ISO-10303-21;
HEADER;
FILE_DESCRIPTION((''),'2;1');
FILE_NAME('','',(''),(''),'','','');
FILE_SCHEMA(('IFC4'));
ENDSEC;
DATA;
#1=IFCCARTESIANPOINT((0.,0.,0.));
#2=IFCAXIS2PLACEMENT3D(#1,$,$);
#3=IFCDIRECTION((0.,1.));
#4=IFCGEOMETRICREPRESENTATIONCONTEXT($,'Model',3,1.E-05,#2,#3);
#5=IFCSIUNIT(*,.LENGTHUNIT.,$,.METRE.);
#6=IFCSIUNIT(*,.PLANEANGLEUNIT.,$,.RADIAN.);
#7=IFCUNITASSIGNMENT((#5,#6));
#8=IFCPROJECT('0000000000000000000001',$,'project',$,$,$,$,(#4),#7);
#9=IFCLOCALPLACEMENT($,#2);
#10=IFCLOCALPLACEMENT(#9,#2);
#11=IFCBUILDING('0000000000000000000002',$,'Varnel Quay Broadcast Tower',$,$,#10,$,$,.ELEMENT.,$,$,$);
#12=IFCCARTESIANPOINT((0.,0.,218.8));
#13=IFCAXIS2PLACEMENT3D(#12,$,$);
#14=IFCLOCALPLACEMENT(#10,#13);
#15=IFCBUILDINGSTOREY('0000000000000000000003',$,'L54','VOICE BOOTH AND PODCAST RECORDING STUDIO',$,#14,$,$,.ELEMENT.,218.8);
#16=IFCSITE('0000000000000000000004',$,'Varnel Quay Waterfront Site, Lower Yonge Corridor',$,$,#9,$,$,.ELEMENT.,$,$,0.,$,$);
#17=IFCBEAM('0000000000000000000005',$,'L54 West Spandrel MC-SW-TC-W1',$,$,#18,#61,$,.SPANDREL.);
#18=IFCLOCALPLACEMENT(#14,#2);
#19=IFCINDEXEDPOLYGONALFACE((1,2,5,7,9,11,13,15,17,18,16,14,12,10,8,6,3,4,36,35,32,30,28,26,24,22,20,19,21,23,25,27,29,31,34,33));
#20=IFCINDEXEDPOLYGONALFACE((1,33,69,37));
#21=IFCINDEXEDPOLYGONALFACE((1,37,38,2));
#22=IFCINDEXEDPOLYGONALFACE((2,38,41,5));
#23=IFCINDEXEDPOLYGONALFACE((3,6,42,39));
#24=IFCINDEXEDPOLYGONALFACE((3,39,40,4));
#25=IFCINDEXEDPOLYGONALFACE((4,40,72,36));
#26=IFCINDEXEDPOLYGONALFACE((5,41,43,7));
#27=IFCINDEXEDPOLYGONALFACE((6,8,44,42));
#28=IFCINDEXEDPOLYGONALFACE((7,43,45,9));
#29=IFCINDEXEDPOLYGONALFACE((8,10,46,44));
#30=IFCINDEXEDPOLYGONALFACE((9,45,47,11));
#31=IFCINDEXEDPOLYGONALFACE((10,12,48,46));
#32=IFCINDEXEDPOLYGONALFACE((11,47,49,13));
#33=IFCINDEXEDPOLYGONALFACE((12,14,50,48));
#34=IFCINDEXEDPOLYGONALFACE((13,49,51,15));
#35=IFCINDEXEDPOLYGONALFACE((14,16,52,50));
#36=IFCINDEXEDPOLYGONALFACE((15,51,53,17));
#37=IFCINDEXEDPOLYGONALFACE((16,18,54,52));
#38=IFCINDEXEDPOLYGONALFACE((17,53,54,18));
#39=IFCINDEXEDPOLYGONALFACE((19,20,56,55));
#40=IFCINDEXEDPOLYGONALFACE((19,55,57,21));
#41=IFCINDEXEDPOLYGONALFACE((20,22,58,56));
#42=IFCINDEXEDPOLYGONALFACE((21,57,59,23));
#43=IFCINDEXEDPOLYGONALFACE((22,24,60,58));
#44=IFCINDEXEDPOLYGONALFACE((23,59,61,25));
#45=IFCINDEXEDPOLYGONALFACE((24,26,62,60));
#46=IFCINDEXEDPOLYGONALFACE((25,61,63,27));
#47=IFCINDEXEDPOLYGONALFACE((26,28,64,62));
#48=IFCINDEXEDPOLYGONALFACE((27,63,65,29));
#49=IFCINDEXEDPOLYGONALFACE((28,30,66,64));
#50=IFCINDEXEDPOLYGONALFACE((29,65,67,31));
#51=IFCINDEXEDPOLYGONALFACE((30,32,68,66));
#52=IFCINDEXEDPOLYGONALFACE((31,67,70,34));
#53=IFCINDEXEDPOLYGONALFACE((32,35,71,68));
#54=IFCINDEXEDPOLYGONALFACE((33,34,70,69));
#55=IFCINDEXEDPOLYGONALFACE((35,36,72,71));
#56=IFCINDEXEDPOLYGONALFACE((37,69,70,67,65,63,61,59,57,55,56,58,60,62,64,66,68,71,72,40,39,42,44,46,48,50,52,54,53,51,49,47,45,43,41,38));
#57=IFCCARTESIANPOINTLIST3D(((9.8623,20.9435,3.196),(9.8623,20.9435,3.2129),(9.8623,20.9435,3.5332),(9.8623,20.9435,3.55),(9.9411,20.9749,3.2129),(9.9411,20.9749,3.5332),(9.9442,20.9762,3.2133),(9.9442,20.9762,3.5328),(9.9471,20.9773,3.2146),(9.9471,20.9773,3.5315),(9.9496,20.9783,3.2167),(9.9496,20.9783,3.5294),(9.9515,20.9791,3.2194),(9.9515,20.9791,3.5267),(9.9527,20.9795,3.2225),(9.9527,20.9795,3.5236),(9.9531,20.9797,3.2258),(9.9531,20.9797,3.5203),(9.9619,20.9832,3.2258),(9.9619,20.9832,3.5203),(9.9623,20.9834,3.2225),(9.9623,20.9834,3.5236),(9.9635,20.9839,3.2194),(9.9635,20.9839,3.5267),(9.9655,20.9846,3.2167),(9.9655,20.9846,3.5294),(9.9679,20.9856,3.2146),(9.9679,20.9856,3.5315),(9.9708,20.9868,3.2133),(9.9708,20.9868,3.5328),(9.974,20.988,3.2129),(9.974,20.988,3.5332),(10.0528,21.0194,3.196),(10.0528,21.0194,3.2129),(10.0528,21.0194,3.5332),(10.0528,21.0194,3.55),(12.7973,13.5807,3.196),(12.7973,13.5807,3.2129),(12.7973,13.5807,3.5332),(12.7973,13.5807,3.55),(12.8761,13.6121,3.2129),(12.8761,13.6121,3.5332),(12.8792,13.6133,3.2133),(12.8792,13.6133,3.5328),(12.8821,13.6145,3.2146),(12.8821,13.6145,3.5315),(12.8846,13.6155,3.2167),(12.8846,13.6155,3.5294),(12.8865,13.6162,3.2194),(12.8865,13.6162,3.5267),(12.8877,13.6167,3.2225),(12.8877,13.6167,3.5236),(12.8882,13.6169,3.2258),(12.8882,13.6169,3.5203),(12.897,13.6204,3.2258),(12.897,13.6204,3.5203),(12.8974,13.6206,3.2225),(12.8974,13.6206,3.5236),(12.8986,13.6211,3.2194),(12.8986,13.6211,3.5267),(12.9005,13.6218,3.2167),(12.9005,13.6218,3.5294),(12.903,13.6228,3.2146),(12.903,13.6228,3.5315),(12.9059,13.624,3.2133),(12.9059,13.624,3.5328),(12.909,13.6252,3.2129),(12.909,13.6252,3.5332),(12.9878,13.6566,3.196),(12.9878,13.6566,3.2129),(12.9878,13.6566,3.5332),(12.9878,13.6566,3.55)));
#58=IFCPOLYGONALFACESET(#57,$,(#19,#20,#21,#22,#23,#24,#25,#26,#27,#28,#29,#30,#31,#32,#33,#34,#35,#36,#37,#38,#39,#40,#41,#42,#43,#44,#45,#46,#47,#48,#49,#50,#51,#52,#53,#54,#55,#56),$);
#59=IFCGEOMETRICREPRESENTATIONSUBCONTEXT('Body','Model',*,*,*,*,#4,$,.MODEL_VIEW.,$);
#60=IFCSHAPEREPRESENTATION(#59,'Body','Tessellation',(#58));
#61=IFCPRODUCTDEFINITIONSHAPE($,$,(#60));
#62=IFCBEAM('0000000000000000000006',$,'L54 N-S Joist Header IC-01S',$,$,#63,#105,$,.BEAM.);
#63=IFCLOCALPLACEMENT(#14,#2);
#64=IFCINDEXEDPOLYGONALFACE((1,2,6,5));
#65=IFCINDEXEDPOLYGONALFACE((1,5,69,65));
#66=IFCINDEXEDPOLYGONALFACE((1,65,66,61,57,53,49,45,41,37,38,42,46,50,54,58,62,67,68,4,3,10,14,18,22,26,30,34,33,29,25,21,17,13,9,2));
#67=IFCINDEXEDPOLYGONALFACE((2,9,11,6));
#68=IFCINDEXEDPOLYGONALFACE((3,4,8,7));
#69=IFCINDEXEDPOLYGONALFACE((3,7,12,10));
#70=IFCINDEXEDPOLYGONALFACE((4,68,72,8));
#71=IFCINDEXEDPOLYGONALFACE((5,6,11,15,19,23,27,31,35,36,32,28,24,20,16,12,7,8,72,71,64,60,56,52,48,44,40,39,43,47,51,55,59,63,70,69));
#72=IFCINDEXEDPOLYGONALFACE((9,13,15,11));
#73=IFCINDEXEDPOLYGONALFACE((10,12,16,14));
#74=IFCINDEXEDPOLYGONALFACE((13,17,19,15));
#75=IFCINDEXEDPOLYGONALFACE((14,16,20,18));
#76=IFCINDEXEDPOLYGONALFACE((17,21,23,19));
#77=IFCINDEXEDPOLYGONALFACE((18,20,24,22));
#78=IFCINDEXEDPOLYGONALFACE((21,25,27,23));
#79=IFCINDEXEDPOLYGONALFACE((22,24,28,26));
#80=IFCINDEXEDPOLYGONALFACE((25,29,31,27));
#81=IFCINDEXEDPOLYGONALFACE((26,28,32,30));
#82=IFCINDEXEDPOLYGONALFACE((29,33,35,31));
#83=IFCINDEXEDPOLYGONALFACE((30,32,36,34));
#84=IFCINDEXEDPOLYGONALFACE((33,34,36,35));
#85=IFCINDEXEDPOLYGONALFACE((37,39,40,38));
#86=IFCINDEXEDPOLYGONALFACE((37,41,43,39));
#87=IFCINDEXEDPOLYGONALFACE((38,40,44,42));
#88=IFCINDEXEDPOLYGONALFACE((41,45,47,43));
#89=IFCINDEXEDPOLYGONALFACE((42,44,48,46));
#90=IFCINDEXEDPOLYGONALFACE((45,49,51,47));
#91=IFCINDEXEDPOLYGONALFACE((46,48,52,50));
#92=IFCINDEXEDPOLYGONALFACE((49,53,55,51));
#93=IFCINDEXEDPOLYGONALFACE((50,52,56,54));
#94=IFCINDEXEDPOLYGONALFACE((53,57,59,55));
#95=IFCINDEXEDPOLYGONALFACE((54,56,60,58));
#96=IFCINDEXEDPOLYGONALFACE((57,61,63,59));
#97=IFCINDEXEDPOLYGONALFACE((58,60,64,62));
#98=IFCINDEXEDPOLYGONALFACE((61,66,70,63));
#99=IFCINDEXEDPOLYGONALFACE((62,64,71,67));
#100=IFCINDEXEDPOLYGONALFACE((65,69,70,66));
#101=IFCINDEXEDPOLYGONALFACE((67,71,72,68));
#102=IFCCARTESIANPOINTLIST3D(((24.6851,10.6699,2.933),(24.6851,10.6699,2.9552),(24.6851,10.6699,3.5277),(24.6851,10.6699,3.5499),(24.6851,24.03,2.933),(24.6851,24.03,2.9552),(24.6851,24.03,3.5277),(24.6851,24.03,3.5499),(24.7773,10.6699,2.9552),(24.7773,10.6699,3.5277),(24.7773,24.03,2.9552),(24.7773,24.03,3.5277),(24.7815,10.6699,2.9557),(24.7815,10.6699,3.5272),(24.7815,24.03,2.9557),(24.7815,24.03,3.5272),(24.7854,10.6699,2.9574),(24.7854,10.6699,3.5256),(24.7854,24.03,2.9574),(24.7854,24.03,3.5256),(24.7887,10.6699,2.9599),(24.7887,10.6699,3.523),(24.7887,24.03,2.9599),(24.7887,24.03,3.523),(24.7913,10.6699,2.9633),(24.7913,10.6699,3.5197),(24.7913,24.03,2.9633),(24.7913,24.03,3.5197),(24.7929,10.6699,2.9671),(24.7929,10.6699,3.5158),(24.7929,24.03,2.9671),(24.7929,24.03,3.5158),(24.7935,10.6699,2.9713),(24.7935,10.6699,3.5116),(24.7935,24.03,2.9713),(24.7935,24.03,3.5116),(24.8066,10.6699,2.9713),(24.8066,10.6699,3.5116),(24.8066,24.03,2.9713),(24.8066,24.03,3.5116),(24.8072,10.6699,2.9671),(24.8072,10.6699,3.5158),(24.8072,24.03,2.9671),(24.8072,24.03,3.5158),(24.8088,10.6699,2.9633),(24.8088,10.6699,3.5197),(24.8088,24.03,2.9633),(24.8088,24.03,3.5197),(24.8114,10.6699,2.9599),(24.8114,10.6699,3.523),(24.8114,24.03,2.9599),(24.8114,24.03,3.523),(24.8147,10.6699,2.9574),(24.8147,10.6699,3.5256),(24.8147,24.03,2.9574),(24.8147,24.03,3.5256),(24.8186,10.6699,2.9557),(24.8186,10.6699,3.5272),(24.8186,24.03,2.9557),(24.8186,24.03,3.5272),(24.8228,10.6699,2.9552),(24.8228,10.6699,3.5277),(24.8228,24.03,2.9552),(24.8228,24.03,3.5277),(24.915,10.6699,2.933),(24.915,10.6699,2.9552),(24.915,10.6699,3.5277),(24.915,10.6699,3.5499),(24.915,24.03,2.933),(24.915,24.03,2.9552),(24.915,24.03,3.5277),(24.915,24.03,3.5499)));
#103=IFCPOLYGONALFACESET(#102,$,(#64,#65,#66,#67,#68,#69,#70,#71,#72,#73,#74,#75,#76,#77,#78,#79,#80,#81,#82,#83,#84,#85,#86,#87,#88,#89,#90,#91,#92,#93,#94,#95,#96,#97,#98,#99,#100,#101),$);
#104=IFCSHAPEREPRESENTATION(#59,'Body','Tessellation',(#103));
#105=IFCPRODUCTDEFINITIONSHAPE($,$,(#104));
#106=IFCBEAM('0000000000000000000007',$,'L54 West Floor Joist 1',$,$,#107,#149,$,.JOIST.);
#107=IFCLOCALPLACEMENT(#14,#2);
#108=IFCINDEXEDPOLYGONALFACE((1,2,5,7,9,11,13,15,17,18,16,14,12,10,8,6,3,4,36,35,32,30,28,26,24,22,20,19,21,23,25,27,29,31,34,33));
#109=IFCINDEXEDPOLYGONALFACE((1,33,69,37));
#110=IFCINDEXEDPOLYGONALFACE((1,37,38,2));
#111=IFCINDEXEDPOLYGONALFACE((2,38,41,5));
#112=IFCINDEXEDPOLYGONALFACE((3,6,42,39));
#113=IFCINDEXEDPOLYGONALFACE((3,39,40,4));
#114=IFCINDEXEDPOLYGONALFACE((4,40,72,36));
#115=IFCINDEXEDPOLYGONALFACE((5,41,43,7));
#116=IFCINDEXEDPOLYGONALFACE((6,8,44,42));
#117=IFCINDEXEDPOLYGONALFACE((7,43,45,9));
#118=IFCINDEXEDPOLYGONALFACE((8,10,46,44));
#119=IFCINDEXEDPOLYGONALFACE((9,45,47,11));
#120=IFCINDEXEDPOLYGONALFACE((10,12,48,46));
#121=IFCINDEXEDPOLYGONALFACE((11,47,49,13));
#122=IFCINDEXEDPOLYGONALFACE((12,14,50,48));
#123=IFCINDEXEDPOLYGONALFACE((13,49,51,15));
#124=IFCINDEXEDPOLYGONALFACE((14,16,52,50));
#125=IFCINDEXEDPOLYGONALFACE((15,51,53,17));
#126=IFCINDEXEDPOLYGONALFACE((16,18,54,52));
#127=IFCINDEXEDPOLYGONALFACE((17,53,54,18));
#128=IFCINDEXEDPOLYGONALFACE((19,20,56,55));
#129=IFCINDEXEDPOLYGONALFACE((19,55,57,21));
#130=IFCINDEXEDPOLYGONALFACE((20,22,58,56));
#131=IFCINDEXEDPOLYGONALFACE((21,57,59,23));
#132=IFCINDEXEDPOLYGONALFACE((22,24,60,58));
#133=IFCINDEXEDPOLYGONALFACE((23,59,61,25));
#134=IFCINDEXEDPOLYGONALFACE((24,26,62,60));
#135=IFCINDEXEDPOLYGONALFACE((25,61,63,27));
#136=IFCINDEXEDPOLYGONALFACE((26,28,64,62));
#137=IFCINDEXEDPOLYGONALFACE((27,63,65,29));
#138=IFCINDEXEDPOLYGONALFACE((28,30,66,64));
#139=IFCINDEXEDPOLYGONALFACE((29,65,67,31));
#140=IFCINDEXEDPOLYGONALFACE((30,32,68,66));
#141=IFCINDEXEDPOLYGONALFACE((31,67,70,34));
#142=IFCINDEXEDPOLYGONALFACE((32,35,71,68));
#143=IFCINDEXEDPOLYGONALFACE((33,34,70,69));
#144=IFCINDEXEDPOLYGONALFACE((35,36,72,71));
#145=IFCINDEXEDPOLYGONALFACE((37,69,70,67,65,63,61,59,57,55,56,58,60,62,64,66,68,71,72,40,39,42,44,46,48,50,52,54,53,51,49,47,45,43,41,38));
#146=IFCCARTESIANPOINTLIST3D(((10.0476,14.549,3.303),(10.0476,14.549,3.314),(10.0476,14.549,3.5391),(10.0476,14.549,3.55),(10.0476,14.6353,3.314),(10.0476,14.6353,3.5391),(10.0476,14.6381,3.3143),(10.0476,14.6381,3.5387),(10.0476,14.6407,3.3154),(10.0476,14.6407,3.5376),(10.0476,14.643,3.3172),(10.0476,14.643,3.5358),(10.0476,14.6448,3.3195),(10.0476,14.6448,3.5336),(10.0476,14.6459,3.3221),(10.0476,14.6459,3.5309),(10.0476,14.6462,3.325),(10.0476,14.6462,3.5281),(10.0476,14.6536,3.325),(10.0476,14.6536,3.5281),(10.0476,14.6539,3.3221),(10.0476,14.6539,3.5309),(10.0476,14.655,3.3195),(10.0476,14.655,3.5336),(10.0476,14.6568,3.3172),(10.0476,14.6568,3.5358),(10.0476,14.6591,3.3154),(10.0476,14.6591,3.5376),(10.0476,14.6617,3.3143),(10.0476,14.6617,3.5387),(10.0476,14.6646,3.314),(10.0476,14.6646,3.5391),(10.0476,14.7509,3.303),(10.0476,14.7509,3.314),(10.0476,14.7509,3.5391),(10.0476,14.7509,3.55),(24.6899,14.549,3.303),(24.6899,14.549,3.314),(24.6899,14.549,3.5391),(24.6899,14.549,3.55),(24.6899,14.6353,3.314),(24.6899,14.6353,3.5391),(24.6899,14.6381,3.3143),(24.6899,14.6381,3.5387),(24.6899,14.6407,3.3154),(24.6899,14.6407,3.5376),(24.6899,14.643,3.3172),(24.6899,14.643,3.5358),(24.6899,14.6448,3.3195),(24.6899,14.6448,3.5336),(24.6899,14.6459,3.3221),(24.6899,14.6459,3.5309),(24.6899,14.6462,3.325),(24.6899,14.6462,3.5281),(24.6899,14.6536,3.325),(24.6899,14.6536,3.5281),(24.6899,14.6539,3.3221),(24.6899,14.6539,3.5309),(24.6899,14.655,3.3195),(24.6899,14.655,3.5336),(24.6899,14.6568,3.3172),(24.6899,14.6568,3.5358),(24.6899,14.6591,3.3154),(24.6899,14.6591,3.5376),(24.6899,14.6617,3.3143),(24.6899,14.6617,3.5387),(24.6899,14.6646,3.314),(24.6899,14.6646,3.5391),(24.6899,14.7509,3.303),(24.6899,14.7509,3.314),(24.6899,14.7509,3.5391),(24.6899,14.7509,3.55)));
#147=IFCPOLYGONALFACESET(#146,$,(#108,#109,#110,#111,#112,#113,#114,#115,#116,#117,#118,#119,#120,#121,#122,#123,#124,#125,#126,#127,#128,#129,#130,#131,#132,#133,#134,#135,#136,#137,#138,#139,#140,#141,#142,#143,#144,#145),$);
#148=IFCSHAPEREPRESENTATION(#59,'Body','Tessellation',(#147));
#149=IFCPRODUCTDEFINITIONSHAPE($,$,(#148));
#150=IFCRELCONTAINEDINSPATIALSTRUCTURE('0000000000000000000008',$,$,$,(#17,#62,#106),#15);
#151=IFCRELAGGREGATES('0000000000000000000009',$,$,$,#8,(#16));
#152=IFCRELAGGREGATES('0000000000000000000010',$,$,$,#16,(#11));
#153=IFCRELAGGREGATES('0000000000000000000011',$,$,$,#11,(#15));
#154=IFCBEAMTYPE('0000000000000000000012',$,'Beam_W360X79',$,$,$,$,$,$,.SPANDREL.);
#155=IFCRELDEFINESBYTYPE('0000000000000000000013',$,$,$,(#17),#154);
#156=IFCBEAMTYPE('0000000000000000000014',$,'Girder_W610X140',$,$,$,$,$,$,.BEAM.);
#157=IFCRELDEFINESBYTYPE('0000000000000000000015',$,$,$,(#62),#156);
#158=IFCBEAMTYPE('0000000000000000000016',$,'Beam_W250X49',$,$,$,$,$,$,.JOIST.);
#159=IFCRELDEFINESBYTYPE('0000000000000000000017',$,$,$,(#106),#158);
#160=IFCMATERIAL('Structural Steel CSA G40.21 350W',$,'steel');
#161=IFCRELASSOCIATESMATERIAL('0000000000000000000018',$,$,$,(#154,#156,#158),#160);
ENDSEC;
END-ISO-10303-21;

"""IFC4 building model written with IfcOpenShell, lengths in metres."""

from ifc_helpers import new_model, si_unit, direction, frame, origin, origin_2d, place, context, subcontext, project, spatial, i_section, extrude, source, transform, mapped, material, material_profile, profile_set, type_object, type_shapes, element, save


model = new_model("IFC4")

# Units and contexts
model_context = context("Model", 3, precision=1e-05, world=origin(), true_north=direction((0.0, 1.0)))
body_context = subcontext(model_context, "Body", "Model", "MODEL_VIEW")
ifc_project = project(units=[si_unit("LENGTHUNIT", "METRE"), si_unit("PLANEANGLEUNIT", "RADIAN")], contexts=[model_context])

# Site, building, storey
site_placement = place(None, origin())
site = spatial("IfcSite", under=ifc_project, at=site_placement, Name="Varnel Quay Waterfront Site, Lower Yonge Corridor", CompositionType="ELEMENT", RefElevation=0.0)
building_placement = place(site_placement, origin())
building = spatial("IfcBuilding", under=site, at=building_placement, Name="Varnel Quay Broadcast Tower", CompositionType="ELEMENT")
storey_placement = place(building_placement, frame((0.0, 0.0, 218.8)))
storey = spatial("IfcBuildingStorey", under=building, at=storey_placement, Name="L54", Description="VOICE BOOTH AND PODCAST RECORDING STUDIO", CompositionType="ELEMENT", Elevation=218.8)

# Shared definitions
ifc_material_1 = material(Name="Structural Steel CSA G40.21 350W", Category="steel")

# Beams
ifc_material_profile_1 = material_profile(ifc_material_1, i_section(OverallWidth=0.2051, OverallDepth=0.354, WebThickness=0.0095, FlangeThickness=0.0168, FilletRadius=0.0129, at=origin_2d()), Name="W360X79")
ifc_profile_set_1 = profile_set([ifc_material_profile_1], Name="Structural Steel CSA G40.21 350W")
beam_type_1 = type_object("IfcBeamType", Name="Beam_W360X79", PredefinedType="SPANDREL", material=ifc_profile_set_1)
shared_shape_1 = source(origin(), body_context, "Body", "SweptSolid", [
    extrude(i_section(OverallWidth=0.2051, OverallDepth=0.354, WebThickness=0.0095, FlangeThickness=0.0168, FilletRadius=0.0129, at=origin_2d()), origin(), (0.0, 0.0, 1.0), 7.9263),
])
beam_1_placement = place(storey_placement, frame((12.8926, 13.6187, 3.373), z_axis=(-0.370296, 0.928914, 0.0), x_axis=(-0.928914, -0.370296, 0.0)))
element("IfcBeam", 1, at=beam_1_placement, inside=storey, type_object=beam_type_1, Name="L54 West Spandrel MC-SW-TC-W1", PredefinedType="SPANDREL", context=body_context, shape_type="MappedRepresentation", body=[
    mapped(shared_shape_1, transform((0.0, 0.0, 0.0), x_axis=(1.0, 0.0, 0.0), y_axis=(0.0, 1.0, 0.0), z_axis=(0.0, 0.0, 1.0), scale=1.0)),
])
ifc_material_profile_2 = material_profile(ifc_material_1, i_section(OverallWidth=0.23, OverallDepth=0.6169, WebThickness=0.0132, FlangeThickness=0.0222, FilletRadius=0.0161, at=origin_2d()), Name="W610X140")
ifc_profile_set_2 = profile_set([ifc_material_profile_2], Name="Structural Steel CSA G40.21 350W")
beam_type_2 = type_object("IfcBeamType", Name="Girder_W610X140", PredefinedType="BEAM", material=ifc_profile_set_2)
shared_shape_2 = source(origin(), body_context, "Body", "SweptSolid", [
    extrude(i_section(OverallWidth=0.23, OverallDepth=0.6169, WebThickness=0.0132, FlangeThickness=0.0222, FilletRadius=0.0161, at=origin_2d()), origin(), (0.0, 0.0, 1.0), 13.3601),
])
type_shapes(beam_type_2, [shared_shape_2])
beam_2_placement = place(storey_placement, frame((24.8, 10.6699, 3.2415), z_axis=(0.0, 1.0, 0.0), x_axis=(-1.0, 0.0, 0.0)))
element("IfcBeam", 2, at=beam_2_placement, inside=storey, type_object=beam_type_2, Name="L54 N-S Joist Header IC-01S", PredefinedType="BEAM", context=body_context, shape_type="MappedRepresentation", body=[
    mapped(shared_shape_2, transform((0.0, 0.0, 0.0), x_axis=(1.0, 0.0, 0.0), y_axis=(0.0, 1.0, 0.0), z_axis=(0.0, 0.0, 1.0), scale=1.0)),
])
ifc_material_profile_3 = material_profile(ifc_material_1, i_section(OverallWidth=0.2019, OverallDepth=0.2471, WebThickness=0.0073, FlangeThickness=0.011, FilletRadius=0.011, at=origin_2d()), Name="W250X49")
ifc_profile_set_3 = profile_set([ifc_material_profile_3], Name="Structural Steel CSA G40.21 350W")
beam_type_3 = type_object("IfcBeamType", Name="Beam_W250X49", PredefinedType="JOIST", material=ifc_profile_set_3)
shared_shape_3 = source(origin(), body_context, "Body", "SweptSolid", [
    extrude(i_section(OverallWidth=0.2019, OverallDepth=0.2471, WebThickness=0.0073, FlangeThickness=0.011, FilletRadius=0.011, at=origin_2d()), origin(), (0.0, 0.0, 1.0), 14.6423),
])
for number, where, z_axis, x_axis, name in (
    (3, (10.0476, 14.6499, 3.4265), (1.0, 0.0, 0.0), (0.0, 1.0, 0.0), "L54 West Floor Joist 1"),
):
    element("IfcBeam", number, at=place(storey_placement, frame(where, z_axis=z_axis, x_axis=x_axis)), inside=storey, type_object=beam_type_3, Name=name, PredefinedType="JOIST", context=body_context, shape_type="MappedRepresentation", body=[
        mapped(shared_shape_3, transform((0.0, 0.0, 0.0), x_axis=(1.0, 0.0, 0.0), y_axis=(0.0, 1.0, 0.0), z_axis=(0.0, 0.0, 1.0), scale=1.0)),
    ])

save(model, "model.ifc")
